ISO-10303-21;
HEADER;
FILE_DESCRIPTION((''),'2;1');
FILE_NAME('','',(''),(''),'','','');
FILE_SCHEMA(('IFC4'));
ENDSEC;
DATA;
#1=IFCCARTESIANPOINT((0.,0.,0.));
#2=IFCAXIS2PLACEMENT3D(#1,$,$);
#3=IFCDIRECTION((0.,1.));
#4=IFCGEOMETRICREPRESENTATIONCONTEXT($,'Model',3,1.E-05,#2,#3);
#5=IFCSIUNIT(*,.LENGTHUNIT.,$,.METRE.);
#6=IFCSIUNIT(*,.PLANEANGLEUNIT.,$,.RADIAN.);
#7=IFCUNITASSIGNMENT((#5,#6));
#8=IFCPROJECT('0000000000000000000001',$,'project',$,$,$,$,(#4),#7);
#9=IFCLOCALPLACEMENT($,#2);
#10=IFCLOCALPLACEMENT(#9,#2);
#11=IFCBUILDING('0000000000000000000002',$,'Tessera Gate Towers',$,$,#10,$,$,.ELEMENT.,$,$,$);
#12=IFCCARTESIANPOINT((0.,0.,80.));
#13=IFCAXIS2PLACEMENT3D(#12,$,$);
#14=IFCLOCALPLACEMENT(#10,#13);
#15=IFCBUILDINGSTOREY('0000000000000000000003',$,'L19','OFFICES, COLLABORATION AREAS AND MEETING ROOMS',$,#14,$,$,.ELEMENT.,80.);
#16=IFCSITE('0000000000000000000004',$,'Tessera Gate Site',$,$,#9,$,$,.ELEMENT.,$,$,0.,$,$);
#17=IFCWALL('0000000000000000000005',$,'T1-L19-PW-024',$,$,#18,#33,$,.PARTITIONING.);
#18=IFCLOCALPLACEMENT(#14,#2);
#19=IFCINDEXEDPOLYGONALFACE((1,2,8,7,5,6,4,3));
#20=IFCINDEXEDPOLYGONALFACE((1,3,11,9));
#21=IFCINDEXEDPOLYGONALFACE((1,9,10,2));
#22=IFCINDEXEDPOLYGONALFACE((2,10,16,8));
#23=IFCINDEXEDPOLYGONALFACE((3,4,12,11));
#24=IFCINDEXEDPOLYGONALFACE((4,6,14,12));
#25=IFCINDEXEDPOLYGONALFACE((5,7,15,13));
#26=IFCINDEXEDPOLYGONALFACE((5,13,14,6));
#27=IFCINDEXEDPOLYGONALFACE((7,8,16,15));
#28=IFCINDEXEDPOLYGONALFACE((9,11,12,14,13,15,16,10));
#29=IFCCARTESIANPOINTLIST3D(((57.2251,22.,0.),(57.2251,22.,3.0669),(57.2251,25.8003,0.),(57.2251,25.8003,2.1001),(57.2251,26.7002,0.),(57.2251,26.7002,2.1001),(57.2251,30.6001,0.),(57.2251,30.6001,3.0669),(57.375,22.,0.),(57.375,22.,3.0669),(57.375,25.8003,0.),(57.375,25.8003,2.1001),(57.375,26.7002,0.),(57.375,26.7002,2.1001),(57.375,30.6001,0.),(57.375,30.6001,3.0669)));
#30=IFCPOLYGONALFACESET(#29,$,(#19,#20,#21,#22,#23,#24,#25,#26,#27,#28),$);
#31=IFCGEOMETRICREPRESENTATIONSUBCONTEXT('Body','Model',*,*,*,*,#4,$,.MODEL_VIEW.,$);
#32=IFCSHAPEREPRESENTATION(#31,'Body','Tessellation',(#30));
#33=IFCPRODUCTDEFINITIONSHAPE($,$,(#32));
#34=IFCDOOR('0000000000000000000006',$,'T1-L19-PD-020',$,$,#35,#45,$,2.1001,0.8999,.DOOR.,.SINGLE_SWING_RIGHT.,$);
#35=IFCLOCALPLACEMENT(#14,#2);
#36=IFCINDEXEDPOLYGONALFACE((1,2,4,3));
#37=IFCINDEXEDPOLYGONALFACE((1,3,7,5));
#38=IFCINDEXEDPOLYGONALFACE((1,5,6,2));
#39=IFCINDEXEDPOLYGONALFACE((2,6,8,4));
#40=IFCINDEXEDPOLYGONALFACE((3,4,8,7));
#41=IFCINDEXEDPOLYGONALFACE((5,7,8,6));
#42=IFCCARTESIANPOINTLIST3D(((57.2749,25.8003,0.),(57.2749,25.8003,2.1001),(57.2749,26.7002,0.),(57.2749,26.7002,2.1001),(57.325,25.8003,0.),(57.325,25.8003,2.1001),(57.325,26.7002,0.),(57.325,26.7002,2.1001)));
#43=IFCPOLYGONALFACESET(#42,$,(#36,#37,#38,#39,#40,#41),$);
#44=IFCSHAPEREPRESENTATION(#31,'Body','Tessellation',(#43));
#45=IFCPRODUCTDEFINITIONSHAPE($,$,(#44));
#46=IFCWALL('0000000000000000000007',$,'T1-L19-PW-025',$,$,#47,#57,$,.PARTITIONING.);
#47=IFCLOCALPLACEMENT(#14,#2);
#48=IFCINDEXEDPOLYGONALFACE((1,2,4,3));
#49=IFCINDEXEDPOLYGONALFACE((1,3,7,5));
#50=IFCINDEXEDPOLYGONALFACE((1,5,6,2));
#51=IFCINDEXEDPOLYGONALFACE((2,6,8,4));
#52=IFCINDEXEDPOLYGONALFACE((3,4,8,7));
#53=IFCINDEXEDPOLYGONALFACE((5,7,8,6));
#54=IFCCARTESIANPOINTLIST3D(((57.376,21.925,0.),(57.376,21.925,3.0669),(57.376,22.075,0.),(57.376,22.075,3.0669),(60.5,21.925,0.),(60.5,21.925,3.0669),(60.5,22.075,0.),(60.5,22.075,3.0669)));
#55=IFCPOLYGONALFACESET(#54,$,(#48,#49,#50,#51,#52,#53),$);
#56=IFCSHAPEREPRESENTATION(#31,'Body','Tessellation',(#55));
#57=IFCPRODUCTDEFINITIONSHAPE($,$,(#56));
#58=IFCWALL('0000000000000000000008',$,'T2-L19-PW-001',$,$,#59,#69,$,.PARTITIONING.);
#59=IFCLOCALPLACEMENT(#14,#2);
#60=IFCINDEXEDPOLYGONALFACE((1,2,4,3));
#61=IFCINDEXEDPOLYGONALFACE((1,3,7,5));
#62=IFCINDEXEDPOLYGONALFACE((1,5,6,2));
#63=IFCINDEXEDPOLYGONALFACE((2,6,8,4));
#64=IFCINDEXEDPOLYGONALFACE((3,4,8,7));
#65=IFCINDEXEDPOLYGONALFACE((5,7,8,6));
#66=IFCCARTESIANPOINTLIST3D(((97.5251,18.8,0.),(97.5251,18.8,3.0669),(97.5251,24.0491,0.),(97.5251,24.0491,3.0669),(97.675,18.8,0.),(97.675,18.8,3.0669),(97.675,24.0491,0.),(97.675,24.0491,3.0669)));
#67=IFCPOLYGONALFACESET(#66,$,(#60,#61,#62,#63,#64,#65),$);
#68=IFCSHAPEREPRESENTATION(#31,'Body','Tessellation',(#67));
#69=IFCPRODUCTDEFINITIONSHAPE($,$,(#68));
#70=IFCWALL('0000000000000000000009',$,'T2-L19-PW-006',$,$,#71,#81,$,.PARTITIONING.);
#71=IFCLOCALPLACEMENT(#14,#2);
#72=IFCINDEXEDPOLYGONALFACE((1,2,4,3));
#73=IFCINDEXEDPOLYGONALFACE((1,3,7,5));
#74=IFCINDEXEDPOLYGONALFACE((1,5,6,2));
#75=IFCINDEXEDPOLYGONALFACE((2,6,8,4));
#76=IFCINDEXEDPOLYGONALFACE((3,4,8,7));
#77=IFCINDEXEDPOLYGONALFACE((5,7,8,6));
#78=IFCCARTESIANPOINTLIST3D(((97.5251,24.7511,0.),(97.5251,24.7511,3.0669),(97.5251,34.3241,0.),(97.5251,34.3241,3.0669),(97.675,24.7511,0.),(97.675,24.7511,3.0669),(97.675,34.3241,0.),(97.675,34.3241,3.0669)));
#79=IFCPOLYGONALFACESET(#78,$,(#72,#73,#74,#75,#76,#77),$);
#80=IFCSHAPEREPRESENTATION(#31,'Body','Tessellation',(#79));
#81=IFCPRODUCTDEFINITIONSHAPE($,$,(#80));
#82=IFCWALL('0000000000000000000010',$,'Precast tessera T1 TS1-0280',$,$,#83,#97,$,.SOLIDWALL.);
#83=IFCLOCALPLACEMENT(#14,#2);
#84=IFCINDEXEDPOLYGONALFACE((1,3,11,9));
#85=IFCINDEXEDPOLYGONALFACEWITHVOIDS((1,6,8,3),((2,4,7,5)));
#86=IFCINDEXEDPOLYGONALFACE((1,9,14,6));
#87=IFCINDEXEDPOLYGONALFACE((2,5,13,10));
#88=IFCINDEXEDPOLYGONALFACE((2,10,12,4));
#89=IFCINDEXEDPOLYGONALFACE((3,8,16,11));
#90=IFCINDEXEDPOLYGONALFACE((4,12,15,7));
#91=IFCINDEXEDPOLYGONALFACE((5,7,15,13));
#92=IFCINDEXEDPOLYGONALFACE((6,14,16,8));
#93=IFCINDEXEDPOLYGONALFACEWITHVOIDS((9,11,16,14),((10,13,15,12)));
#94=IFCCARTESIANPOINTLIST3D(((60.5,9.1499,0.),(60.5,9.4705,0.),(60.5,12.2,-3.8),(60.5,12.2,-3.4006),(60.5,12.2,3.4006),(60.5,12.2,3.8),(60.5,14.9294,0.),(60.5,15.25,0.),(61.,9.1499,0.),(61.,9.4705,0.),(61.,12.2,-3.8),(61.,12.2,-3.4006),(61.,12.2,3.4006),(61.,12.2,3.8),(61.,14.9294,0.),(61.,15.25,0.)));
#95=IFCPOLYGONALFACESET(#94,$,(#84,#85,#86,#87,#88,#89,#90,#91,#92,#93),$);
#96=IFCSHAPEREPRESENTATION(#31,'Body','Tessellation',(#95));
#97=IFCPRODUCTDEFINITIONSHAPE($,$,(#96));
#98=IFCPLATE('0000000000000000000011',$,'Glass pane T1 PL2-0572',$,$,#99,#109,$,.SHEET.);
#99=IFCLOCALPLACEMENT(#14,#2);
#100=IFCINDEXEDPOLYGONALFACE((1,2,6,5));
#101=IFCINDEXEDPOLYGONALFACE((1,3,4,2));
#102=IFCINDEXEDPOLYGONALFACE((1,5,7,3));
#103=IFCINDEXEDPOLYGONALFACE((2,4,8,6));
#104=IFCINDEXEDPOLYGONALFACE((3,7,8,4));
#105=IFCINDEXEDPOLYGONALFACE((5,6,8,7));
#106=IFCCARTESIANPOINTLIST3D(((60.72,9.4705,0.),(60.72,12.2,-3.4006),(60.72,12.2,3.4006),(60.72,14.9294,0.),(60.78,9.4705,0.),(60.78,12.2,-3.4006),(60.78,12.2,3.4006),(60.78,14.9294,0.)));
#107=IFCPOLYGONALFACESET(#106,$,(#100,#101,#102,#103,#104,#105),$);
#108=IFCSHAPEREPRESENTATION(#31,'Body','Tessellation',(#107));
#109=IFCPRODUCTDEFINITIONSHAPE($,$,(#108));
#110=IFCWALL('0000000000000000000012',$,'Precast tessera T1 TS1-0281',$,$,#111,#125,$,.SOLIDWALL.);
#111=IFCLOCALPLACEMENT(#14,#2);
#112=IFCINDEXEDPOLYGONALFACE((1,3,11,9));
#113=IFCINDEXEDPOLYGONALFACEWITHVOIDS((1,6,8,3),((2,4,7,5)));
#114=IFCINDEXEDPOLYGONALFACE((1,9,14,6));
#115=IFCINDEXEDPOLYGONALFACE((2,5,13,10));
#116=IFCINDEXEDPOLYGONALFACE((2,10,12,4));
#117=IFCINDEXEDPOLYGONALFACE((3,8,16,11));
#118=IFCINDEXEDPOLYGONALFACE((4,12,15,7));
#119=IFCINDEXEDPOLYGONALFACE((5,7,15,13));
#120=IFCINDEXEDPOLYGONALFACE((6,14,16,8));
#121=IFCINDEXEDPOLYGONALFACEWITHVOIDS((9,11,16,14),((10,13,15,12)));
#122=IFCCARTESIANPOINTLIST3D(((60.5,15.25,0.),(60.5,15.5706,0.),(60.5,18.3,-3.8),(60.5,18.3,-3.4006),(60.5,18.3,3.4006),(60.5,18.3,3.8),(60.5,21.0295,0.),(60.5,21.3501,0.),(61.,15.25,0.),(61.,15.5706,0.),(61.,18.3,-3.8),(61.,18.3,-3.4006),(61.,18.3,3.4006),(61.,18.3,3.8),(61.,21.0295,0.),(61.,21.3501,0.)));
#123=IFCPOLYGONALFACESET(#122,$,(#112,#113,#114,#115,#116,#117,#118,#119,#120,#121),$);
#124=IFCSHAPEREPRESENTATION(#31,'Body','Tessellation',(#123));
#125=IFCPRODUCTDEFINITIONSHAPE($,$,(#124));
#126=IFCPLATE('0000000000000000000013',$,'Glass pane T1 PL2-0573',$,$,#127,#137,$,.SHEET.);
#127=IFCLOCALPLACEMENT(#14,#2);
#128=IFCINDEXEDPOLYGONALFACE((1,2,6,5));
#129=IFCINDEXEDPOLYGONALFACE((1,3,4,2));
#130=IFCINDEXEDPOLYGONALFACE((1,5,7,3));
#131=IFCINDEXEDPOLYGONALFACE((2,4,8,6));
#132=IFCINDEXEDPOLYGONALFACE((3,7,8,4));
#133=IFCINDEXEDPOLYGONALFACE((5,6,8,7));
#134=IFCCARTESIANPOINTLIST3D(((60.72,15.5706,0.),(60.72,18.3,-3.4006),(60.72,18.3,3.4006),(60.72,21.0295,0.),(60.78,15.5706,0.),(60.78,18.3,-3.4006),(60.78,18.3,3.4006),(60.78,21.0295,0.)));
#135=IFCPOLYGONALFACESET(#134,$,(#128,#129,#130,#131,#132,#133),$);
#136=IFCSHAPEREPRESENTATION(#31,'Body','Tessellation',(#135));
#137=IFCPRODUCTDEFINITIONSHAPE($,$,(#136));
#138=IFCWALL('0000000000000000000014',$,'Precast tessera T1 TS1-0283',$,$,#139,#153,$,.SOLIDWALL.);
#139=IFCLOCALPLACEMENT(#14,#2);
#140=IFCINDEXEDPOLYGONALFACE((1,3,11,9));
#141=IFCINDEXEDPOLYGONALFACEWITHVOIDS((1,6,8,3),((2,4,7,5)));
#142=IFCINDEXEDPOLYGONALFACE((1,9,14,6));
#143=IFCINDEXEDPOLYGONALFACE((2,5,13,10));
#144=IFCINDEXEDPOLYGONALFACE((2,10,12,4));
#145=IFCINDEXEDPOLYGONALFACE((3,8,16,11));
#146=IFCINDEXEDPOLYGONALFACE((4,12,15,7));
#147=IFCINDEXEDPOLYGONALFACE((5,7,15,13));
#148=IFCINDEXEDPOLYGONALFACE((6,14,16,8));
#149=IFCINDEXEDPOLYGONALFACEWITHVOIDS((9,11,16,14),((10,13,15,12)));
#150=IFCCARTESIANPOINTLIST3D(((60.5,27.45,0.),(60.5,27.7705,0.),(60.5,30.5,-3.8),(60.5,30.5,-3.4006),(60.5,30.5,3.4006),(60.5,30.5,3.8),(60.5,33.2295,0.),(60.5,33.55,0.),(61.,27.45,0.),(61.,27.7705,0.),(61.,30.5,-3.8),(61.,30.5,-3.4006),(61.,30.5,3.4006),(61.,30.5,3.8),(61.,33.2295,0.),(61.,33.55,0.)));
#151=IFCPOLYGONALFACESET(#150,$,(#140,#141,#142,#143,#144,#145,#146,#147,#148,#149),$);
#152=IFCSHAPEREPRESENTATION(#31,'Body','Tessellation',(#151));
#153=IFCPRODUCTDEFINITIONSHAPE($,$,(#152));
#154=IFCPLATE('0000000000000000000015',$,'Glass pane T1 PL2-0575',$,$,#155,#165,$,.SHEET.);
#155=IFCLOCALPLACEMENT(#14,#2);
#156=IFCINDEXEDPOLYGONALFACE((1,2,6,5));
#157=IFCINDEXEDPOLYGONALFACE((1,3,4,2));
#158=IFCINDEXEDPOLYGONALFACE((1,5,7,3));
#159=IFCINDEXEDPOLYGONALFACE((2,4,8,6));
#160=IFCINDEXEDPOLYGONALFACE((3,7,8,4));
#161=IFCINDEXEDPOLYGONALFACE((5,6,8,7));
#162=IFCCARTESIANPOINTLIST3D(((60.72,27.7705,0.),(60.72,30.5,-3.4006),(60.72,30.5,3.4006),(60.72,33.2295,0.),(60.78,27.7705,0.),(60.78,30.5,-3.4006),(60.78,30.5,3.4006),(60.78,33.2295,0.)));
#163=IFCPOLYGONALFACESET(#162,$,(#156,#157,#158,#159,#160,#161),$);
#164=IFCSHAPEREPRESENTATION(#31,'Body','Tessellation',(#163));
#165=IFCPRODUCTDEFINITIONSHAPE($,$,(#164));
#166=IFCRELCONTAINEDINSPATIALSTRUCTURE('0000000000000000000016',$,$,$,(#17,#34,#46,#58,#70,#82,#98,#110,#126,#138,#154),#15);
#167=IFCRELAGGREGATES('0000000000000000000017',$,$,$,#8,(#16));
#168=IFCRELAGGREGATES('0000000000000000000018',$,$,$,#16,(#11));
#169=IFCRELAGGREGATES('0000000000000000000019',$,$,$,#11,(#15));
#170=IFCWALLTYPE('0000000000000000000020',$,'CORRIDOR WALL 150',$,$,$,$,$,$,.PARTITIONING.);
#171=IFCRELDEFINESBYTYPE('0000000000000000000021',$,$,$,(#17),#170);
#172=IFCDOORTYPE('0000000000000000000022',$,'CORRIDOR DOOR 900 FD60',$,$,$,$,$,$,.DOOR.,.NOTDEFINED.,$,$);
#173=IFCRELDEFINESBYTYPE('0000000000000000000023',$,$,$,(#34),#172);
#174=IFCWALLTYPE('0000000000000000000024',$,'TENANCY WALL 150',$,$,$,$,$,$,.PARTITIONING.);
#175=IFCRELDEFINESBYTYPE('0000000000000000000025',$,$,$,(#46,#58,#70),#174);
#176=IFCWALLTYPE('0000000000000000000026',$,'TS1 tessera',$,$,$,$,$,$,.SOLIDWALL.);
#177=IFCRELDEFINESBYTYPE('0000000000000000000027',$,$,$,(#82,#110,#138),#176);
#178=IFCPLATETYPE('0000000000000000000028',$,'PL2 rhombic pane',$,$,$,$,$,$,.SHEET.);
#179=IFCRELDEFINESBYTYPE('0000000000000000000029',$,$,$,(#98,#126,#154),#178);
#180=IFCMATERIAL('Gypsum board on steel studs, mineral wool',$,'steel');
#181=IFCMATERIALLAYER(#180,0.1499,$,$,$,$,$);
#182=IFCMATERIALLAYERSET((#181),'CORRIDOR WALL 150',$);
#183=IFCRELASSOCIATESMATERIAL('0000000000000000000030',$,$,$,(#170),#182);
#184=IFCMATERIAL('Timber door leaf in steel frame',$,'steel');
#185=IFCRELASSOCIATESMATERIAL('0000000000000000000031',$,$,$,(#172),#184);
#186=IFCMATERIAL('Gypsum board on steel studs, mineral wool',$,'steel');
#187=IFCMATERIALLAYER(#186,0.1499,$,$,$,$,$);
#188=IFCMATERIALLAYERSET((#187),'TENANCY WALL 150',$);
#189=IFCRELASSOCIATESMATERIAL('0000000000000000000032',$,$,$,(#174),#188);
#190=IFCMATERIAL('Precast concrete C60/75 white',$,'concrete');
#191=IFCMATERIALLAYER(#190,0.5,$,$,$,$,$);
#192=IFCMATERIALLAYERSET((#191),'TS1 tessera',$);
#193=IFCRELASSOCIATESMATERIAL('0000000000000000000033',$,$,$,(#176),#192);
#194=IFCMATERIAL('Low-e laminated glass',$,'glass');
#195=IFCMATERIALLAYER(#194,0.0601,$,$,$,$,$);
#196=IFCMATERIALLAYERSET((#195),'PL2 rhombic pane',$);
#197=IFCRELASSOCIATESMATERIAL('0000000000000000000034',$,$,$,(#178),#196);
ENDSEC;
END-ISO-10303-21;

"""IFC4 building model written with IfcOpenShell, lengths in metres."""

from ifc_helpers import new_model, si_unit, direction, frame, frame_2d, origin, place, context, subcontext, project, spatial, polyline, rectangle, outline, extrude, source, transform, mapped, material, layer, layer_set, type_object, element, fill, save


model = new_model("IFC4")

# Units and contexts
model_context = context("Model", 3, precision=1e-05, world=origin(), true_north=direction((0.0, 1.0)))
body_context = subcontext(model_context, "Body", "Model", "MODEL_VIEW")
ifc_project = project(units=[si_unit("LENGTHUNIT", "METRE"), si_unit("PLANEANGLEUNIT", "RADIAN")], contexts=[model_context])

# Site, building, storey
site_placement = place(None, origin())
site = spatial("IfcSite", under=ifc_project, at=site_placement, Name="Tessera Gate Site", CompositionType="ELEMENT", RefElevation=0.0)
building_placement = place(site_placement, origin())
building = spatial("IfcBuilding", under=site, at=building_placement, Name="Tessera Gate Towers", CompositionType="ELEMENT")
storey_placement = place(building_placement, frame((0.0, 0.0, 80.0)))
storey = spatial("IfcBuildingStorey", under=building, at=storey_placement, Name="L19", Description="OFFICES, COLLABORATION AREAS AND MEETING ROOMS", CompositionType="ELEMENT", Elevation=80.0)

# Shared definitions
ifc_material_1 = material(Name="Gypsum board on steel studs, mineral wool", Category="steel")
ifc_layer_1 = layer(ifc_material_1, 0.1499)
ifc_layer_set_1 = layer_set([ifc_layer_1], Name="CORRIDOR WALL 150")
wall_type_1 = type_object("IfcWallType", Name="CORRIDOR WALL 150", PredefinedType="PARTITIONING", material=ifc_layer_set_1)

# Wall, opening, door
wall_1_placement = place(storey_placement, frame((57.3, 30.6001, 0.0), z_axis=(0.0, 0.0, 1.0), x_axis=(0.0, -1.0, 0.0)))
wall_1 = element("IfcWall", 1, at=wall_1_placement, inside=storey, type_object=wall_type_1, Name="T1-L19-PW-024", PredefinedType="PARTITIONING", context=body_context, shape_type="SweptSolid", body=[
    extrude(rectangle(XDim=8.6001, YDim=0.1499, at=frame_2d((4.3, 0.0))), origin(), (0.0, 0.0, 1.0), 3.0669),
])
shared_shape_1 = source(origin(), body_context, "Body", "SweptSolid", [
    extrude(rectangle(XDim=0.8999, YDim=2.1001, at=frame_2d((0.45, 1.05))), frame((0.0, 0.085, 0.0), z_axis=(0.0, -1.0, 0.0), x_axis=(1.0, 0.0, 0.0)), (0.0, 0.0, 1.0), 0.1699),
])
opening_1_placement = place(wall_1_placement, frame((3.8999, 0.0, 0.0)))
opening_1 = element("IfcOpeningElement", 2, at=opening_1_placement, cuts=wall_1, PredefinedType="OPENING", context=body_context, shape_type="MappedRepresentation", body=[
    mapped(shared_shape_1, transform((0.0, 0.0, 0.0), scale=1.0)),
])
ifc_material_2 = material(Name="Timber door leaf in steel frame", Category="steel")
door_type_1 = type_object("IfcDoorType", Name="CORRIDOR DOOR 900 FD60", OperationType="NOTDEFINED", PredefinedType="DOOR", material=ifc_material_2)
shared_shape_2 = source(origin(), body_context, "Body", "SweptSolid", [
    extrude(rectangle(XDim=0.8999, YDim=2.1001, at=frame_2d((0.45, 1.05))), frame((0.0, 0.0249, 0.0), z_axis=(0.0, -1.0, 0.0), x_axis=(1.0, 0.0, 0.0)), (0.0, 0.0, 1.0), 0.05),
])
door_1_placement = place(opening_1_placement, origin())
door_1 = element("IfcDoor", 3, at=door_1_placement, inside=storey, type_object=door_type_1, Name="T1-L19-PD-020", OperationType="SINGLE_SWING_RIGHT", OverallHeight=2.1001, OverallWidth=0.8999, PredefinedType="DOOR", context=body_context, shape_type="MappedRepresentation", body=[
    mapped(shared_shape_2, transform((0.0, 0.0, 0.0), scale=1.0)),
])
fill(opening_1, door_1)

# Walls
ifc_material_3 = material(Name="Gypsum board on steel studs, mineral wool", Category="steel")
ifc_layer_2 = layer(ifc_material_3, 0.1499)
ifc_layer_set_2 = layer_set([ifc_layer_2], Name="TENANCY WALL 150")
wall_type_2 = type_object("IfcWallType", Name="TENANCY WALL 150", PredefinedType="PARTITIONING", material=ifc_layer_set_2)
wall_2_placement = place(storey_placement, frame((57.376, 22.0, 0.0), z_axis=(0.0, 0.0, 1.0), x_axis=(1.0, 0.0, 0.0)))
element("IfcWall", 4, at=wall_2_placement, inside=storey, type_object=wall_type_2, Name="T1-L19-PW-025", PredefinedType="PARTITIONING", context=body_context, shape_type="SweptSolid", body=[
    extrude(rectangle(XDim=3.124, YDim=0.1499, at=frame_2d((1.562, 0.0))), origin(), (0.0, 0.0, 1.0), 3.0669),
])
wall_3_placement = place(storey_placement, frame((97.6001, 18.8, 0.0), z_axis=(0.0, 0.0, 1.0), x_axis=(0.0, 1.0, 0.0)))
element("IfcWall", 5, at=wall_3_placement, inside=storey, type_object=wall_type_2, Name="T2-L19-PW-001", PredefinedType="PARTITIONING", context=body_context, shape_type="SweptSolid", body=[
    extrude(rectangle(XDim=5.249, YDim=0.1499, at=frame_2d((2.6245, 0.0))), origin(), (0.0, 0.0, 1.0), 3.0669),
])
wall_4_placement = place(storey_placement, frame((97.6001, 24.751, 0.0), z_axis=(0.0, 0.0, 1.0), x_axis=(0.0, 1.0, 0.0)))
element("IfcWall", 6, at=wall_4_placement, inside=storey, type_object=wall_type_2, Name="T2-L19-PW-006", PredefinedType="PARTITIONING", context=body_context, shape_type="SweptSolid", body=[
    extrude(rectangle(XDim=9.573, YDim=0.1499, at=frame_2d((4.7866, 0.0))), origin(), (0.0, 0.0, 1.0), 3.0669),
])

# Walls, openings, plates
ifc_material_4 = material(Name="Precast concrete C60/75 white", Category="concrete")
ifc_layer_3 = layer(ifc_material_4, 0.5)
ifc_layer_set_3 = layer_set([ifc_layer_3], Name="TS1 tessera")
wall_type_3 = type_object("IfcWallType", Name="TS1 tessera", PredefinedType="SOLIDWALL", material=ifc_layer_set_3)
shared_shape_3 = source(origin(), body_context, "Body", "SweptSolid", [
    extrude(outline(polyline([(3.05, 0.0), (6.1001, 3.8), (3.05, 7.6001), (0.0, 3.8), (3.05, 0.0)])), frame((0.0, 0.25, 0.0), z_axis=(0.0, -1.0, 0.0), x_axis=(1.0, 0.0, 0.0)), (0.0, 0.0, 1.0), 0.5),
])
wall_5_placement = place(storey_placement, frame((60.75, 9.1499, -3.8), z_axis=(0.0, 0.0, 1.0), x_axis=(0.0, 1.0, 0.0)))
wall_5 = element("IfcWall", 7, at=wall_5_placement, inside=storey, type_object=wall_type_3, Name="Precast tessera T1 TS1-0280", PredefinedType="SOLIDWALL", context=body_context, shape_type="MappedRepresentation", body=[
    mapped(shared_shape_3, transform((0.0, 0.0, 0.0), scale=1.0)),
])
shared_shape_4 = source(origin(), body_context, "Body", "SweptSolid", [
    extrude(outline(polyline([(3.05, 0.3994), (5.7795, 3.8), (3.05, 7.2007), (0.3206, 3.8), (3.05, 0.3994)])), frame((0.0, 0.26, 0.0), z_axis=(0.0, -1.0, 0.0), x_axis=(1.0, 0.0, 0.0)), (0.0, 0.0, 1.0), 0.52),
])
opening_2_placement = place(wall_5_placement, origin())
opening_2 = element("IfcOpeningElement", 8, at=opening_2_placement, cuts=wall_5, PredefinedType="OPENING", context=body_context, shape_type="MappedRepresentation", body=[
    mapped(shared_shape_4, transform((0.0, 0.0, 0.0), scale=1.0)),
])
ifc_material_5 = material(Name="Low-e laminated glass", Category="glass")
ifc_layer_4 = layer(ifc_material_5, 0.0601)
ifc_layer_set_4 = layer_set([ifc_layer_4], Name="PL2 rhombic pane")
plate_type = type_object("IfcPlateType", Name="PL2 rhombic pane", PredefinedType="SHEET", material=ifc_layer_set_4)
shared_shape_5 = source(origin(), body_context, "Body", "SweptSolid", [
    extrude(outline(polyline([(3.05, 0.3994), (5.7795, 3.8), (3.05, 7.2007), (0.3206, 3.8), (3.05, 0.3994)])), frame((0.0, 0.03, 0.0), z_axis=(0.0, -1.0, 0.0), x_axis=(1.0, 0.0, 0.0)), (0.0, 0.0, 1.0), 0.0601),
])
plate_1_placement = place(opening_2_placement, origin())
plate_1 = element("IfcPlate", 9, at=plate_1_placement, inside=storey, type_object=plate_type, Name="Glass pane T1 PL2-0572", PredefinedType="SHEET", context=body_context, shape_type="MappedRepresentation", body=[
    mapped(shared_shape_5, transform((0.0, 0.0, 0.0), scale=1.0)),
])
fill(opening_2, plate_1)
wall_6_placement = place(storey_placement, frame((60.75, 15.25, -3.8), z_axis=(0.0, 0.0, 1.0), x_axis=(0.0, 1.0, 0.0)))
wall_6 = element("IfcWall", 10, at=wall_6_placement, inside=storey, type_object=wall_type_3, Name="Precast tessera T1 TS1-0281", PredefinedType="SOLIDWALL", context=body_context, shape_type="MappedRepresentation", body=[
    mapped(shared_shape_3, transform((0.0, 0.0, 0.0), scale=1.0)),
])
opening_3_placement = place(wall_6_placement, origin())
opening_3 = element("IfcOpeningElement", 11, at=opening_3_placement, cuts=wall_6, PredefinedType="OPENING", context=body_context, shape_type="MappedRepresentation", body=[
    mapped(shared_shape_4, transform((0.0, 0.0, 0.0), scale=1.0)),
])
plate_2_placement = place(opening_3_placement, origin())
plate_2 = element("IfcPlate", 12, at=plate_2_placement, inside=storey, type_object=plate_type, Name="Glass pane T1 PL2-0573", PredefinedType="SHEET", context=body_context, shape_type="MappedRepresentation", body=[
    mapped(shared_shape_5, transform((0.0, 0.0, 0.0), scale=1.0)),
])
fill(opening_3, plate_2)
wall_7_placement = place(storey_placement, frame((60.75, 27.45, -3.8), z_axis=(0.0, 0.0, 1.0), x_axis=(0.0, 1.0, 0.0)))
wall_7 = element("IfcWall", 13, at=wall_7_placement, inside=storey, type_object=wall_type_3, Name="Precast tessera T1 TS1-0283", PredefinedType="SOLIDWALL", context=body_context, shape_type="MappedRepresentation", body=[
    mapped(shared_shape_3, transform((0.0, 0.0, 0.0), scale=1.0)),
])
opening_4_placement = place(wall_7_placement, origin())
opening_4 = element("IfcOpeningElement", 14, at=opening_4_placement, cuts=wall_7, PredefinedType="OPENING", context=body_context, shape_type="MappedRepresentation", body=[
    mapped(shared_shape_4, transform((0.0, 0.0, 0.0), scale=1.0)),
])
plate_3_placement = place(opening_4_placement, origin())
plate_3 = element("IfcPlate", 15, at=plate_3_placement, inside=storey, type_object=plate_type, Name="Glass pane T1 PL2-0575", PredefinedType="SHEET", context=body_context, shape_type="MappedRepresentation", body=[
    mapped(shared_shape_5, transform((0.0, 0.0, 0.0), scale=1.0)),
])
fill(opening_4, plate_3)

save(model, "model.ifc")
